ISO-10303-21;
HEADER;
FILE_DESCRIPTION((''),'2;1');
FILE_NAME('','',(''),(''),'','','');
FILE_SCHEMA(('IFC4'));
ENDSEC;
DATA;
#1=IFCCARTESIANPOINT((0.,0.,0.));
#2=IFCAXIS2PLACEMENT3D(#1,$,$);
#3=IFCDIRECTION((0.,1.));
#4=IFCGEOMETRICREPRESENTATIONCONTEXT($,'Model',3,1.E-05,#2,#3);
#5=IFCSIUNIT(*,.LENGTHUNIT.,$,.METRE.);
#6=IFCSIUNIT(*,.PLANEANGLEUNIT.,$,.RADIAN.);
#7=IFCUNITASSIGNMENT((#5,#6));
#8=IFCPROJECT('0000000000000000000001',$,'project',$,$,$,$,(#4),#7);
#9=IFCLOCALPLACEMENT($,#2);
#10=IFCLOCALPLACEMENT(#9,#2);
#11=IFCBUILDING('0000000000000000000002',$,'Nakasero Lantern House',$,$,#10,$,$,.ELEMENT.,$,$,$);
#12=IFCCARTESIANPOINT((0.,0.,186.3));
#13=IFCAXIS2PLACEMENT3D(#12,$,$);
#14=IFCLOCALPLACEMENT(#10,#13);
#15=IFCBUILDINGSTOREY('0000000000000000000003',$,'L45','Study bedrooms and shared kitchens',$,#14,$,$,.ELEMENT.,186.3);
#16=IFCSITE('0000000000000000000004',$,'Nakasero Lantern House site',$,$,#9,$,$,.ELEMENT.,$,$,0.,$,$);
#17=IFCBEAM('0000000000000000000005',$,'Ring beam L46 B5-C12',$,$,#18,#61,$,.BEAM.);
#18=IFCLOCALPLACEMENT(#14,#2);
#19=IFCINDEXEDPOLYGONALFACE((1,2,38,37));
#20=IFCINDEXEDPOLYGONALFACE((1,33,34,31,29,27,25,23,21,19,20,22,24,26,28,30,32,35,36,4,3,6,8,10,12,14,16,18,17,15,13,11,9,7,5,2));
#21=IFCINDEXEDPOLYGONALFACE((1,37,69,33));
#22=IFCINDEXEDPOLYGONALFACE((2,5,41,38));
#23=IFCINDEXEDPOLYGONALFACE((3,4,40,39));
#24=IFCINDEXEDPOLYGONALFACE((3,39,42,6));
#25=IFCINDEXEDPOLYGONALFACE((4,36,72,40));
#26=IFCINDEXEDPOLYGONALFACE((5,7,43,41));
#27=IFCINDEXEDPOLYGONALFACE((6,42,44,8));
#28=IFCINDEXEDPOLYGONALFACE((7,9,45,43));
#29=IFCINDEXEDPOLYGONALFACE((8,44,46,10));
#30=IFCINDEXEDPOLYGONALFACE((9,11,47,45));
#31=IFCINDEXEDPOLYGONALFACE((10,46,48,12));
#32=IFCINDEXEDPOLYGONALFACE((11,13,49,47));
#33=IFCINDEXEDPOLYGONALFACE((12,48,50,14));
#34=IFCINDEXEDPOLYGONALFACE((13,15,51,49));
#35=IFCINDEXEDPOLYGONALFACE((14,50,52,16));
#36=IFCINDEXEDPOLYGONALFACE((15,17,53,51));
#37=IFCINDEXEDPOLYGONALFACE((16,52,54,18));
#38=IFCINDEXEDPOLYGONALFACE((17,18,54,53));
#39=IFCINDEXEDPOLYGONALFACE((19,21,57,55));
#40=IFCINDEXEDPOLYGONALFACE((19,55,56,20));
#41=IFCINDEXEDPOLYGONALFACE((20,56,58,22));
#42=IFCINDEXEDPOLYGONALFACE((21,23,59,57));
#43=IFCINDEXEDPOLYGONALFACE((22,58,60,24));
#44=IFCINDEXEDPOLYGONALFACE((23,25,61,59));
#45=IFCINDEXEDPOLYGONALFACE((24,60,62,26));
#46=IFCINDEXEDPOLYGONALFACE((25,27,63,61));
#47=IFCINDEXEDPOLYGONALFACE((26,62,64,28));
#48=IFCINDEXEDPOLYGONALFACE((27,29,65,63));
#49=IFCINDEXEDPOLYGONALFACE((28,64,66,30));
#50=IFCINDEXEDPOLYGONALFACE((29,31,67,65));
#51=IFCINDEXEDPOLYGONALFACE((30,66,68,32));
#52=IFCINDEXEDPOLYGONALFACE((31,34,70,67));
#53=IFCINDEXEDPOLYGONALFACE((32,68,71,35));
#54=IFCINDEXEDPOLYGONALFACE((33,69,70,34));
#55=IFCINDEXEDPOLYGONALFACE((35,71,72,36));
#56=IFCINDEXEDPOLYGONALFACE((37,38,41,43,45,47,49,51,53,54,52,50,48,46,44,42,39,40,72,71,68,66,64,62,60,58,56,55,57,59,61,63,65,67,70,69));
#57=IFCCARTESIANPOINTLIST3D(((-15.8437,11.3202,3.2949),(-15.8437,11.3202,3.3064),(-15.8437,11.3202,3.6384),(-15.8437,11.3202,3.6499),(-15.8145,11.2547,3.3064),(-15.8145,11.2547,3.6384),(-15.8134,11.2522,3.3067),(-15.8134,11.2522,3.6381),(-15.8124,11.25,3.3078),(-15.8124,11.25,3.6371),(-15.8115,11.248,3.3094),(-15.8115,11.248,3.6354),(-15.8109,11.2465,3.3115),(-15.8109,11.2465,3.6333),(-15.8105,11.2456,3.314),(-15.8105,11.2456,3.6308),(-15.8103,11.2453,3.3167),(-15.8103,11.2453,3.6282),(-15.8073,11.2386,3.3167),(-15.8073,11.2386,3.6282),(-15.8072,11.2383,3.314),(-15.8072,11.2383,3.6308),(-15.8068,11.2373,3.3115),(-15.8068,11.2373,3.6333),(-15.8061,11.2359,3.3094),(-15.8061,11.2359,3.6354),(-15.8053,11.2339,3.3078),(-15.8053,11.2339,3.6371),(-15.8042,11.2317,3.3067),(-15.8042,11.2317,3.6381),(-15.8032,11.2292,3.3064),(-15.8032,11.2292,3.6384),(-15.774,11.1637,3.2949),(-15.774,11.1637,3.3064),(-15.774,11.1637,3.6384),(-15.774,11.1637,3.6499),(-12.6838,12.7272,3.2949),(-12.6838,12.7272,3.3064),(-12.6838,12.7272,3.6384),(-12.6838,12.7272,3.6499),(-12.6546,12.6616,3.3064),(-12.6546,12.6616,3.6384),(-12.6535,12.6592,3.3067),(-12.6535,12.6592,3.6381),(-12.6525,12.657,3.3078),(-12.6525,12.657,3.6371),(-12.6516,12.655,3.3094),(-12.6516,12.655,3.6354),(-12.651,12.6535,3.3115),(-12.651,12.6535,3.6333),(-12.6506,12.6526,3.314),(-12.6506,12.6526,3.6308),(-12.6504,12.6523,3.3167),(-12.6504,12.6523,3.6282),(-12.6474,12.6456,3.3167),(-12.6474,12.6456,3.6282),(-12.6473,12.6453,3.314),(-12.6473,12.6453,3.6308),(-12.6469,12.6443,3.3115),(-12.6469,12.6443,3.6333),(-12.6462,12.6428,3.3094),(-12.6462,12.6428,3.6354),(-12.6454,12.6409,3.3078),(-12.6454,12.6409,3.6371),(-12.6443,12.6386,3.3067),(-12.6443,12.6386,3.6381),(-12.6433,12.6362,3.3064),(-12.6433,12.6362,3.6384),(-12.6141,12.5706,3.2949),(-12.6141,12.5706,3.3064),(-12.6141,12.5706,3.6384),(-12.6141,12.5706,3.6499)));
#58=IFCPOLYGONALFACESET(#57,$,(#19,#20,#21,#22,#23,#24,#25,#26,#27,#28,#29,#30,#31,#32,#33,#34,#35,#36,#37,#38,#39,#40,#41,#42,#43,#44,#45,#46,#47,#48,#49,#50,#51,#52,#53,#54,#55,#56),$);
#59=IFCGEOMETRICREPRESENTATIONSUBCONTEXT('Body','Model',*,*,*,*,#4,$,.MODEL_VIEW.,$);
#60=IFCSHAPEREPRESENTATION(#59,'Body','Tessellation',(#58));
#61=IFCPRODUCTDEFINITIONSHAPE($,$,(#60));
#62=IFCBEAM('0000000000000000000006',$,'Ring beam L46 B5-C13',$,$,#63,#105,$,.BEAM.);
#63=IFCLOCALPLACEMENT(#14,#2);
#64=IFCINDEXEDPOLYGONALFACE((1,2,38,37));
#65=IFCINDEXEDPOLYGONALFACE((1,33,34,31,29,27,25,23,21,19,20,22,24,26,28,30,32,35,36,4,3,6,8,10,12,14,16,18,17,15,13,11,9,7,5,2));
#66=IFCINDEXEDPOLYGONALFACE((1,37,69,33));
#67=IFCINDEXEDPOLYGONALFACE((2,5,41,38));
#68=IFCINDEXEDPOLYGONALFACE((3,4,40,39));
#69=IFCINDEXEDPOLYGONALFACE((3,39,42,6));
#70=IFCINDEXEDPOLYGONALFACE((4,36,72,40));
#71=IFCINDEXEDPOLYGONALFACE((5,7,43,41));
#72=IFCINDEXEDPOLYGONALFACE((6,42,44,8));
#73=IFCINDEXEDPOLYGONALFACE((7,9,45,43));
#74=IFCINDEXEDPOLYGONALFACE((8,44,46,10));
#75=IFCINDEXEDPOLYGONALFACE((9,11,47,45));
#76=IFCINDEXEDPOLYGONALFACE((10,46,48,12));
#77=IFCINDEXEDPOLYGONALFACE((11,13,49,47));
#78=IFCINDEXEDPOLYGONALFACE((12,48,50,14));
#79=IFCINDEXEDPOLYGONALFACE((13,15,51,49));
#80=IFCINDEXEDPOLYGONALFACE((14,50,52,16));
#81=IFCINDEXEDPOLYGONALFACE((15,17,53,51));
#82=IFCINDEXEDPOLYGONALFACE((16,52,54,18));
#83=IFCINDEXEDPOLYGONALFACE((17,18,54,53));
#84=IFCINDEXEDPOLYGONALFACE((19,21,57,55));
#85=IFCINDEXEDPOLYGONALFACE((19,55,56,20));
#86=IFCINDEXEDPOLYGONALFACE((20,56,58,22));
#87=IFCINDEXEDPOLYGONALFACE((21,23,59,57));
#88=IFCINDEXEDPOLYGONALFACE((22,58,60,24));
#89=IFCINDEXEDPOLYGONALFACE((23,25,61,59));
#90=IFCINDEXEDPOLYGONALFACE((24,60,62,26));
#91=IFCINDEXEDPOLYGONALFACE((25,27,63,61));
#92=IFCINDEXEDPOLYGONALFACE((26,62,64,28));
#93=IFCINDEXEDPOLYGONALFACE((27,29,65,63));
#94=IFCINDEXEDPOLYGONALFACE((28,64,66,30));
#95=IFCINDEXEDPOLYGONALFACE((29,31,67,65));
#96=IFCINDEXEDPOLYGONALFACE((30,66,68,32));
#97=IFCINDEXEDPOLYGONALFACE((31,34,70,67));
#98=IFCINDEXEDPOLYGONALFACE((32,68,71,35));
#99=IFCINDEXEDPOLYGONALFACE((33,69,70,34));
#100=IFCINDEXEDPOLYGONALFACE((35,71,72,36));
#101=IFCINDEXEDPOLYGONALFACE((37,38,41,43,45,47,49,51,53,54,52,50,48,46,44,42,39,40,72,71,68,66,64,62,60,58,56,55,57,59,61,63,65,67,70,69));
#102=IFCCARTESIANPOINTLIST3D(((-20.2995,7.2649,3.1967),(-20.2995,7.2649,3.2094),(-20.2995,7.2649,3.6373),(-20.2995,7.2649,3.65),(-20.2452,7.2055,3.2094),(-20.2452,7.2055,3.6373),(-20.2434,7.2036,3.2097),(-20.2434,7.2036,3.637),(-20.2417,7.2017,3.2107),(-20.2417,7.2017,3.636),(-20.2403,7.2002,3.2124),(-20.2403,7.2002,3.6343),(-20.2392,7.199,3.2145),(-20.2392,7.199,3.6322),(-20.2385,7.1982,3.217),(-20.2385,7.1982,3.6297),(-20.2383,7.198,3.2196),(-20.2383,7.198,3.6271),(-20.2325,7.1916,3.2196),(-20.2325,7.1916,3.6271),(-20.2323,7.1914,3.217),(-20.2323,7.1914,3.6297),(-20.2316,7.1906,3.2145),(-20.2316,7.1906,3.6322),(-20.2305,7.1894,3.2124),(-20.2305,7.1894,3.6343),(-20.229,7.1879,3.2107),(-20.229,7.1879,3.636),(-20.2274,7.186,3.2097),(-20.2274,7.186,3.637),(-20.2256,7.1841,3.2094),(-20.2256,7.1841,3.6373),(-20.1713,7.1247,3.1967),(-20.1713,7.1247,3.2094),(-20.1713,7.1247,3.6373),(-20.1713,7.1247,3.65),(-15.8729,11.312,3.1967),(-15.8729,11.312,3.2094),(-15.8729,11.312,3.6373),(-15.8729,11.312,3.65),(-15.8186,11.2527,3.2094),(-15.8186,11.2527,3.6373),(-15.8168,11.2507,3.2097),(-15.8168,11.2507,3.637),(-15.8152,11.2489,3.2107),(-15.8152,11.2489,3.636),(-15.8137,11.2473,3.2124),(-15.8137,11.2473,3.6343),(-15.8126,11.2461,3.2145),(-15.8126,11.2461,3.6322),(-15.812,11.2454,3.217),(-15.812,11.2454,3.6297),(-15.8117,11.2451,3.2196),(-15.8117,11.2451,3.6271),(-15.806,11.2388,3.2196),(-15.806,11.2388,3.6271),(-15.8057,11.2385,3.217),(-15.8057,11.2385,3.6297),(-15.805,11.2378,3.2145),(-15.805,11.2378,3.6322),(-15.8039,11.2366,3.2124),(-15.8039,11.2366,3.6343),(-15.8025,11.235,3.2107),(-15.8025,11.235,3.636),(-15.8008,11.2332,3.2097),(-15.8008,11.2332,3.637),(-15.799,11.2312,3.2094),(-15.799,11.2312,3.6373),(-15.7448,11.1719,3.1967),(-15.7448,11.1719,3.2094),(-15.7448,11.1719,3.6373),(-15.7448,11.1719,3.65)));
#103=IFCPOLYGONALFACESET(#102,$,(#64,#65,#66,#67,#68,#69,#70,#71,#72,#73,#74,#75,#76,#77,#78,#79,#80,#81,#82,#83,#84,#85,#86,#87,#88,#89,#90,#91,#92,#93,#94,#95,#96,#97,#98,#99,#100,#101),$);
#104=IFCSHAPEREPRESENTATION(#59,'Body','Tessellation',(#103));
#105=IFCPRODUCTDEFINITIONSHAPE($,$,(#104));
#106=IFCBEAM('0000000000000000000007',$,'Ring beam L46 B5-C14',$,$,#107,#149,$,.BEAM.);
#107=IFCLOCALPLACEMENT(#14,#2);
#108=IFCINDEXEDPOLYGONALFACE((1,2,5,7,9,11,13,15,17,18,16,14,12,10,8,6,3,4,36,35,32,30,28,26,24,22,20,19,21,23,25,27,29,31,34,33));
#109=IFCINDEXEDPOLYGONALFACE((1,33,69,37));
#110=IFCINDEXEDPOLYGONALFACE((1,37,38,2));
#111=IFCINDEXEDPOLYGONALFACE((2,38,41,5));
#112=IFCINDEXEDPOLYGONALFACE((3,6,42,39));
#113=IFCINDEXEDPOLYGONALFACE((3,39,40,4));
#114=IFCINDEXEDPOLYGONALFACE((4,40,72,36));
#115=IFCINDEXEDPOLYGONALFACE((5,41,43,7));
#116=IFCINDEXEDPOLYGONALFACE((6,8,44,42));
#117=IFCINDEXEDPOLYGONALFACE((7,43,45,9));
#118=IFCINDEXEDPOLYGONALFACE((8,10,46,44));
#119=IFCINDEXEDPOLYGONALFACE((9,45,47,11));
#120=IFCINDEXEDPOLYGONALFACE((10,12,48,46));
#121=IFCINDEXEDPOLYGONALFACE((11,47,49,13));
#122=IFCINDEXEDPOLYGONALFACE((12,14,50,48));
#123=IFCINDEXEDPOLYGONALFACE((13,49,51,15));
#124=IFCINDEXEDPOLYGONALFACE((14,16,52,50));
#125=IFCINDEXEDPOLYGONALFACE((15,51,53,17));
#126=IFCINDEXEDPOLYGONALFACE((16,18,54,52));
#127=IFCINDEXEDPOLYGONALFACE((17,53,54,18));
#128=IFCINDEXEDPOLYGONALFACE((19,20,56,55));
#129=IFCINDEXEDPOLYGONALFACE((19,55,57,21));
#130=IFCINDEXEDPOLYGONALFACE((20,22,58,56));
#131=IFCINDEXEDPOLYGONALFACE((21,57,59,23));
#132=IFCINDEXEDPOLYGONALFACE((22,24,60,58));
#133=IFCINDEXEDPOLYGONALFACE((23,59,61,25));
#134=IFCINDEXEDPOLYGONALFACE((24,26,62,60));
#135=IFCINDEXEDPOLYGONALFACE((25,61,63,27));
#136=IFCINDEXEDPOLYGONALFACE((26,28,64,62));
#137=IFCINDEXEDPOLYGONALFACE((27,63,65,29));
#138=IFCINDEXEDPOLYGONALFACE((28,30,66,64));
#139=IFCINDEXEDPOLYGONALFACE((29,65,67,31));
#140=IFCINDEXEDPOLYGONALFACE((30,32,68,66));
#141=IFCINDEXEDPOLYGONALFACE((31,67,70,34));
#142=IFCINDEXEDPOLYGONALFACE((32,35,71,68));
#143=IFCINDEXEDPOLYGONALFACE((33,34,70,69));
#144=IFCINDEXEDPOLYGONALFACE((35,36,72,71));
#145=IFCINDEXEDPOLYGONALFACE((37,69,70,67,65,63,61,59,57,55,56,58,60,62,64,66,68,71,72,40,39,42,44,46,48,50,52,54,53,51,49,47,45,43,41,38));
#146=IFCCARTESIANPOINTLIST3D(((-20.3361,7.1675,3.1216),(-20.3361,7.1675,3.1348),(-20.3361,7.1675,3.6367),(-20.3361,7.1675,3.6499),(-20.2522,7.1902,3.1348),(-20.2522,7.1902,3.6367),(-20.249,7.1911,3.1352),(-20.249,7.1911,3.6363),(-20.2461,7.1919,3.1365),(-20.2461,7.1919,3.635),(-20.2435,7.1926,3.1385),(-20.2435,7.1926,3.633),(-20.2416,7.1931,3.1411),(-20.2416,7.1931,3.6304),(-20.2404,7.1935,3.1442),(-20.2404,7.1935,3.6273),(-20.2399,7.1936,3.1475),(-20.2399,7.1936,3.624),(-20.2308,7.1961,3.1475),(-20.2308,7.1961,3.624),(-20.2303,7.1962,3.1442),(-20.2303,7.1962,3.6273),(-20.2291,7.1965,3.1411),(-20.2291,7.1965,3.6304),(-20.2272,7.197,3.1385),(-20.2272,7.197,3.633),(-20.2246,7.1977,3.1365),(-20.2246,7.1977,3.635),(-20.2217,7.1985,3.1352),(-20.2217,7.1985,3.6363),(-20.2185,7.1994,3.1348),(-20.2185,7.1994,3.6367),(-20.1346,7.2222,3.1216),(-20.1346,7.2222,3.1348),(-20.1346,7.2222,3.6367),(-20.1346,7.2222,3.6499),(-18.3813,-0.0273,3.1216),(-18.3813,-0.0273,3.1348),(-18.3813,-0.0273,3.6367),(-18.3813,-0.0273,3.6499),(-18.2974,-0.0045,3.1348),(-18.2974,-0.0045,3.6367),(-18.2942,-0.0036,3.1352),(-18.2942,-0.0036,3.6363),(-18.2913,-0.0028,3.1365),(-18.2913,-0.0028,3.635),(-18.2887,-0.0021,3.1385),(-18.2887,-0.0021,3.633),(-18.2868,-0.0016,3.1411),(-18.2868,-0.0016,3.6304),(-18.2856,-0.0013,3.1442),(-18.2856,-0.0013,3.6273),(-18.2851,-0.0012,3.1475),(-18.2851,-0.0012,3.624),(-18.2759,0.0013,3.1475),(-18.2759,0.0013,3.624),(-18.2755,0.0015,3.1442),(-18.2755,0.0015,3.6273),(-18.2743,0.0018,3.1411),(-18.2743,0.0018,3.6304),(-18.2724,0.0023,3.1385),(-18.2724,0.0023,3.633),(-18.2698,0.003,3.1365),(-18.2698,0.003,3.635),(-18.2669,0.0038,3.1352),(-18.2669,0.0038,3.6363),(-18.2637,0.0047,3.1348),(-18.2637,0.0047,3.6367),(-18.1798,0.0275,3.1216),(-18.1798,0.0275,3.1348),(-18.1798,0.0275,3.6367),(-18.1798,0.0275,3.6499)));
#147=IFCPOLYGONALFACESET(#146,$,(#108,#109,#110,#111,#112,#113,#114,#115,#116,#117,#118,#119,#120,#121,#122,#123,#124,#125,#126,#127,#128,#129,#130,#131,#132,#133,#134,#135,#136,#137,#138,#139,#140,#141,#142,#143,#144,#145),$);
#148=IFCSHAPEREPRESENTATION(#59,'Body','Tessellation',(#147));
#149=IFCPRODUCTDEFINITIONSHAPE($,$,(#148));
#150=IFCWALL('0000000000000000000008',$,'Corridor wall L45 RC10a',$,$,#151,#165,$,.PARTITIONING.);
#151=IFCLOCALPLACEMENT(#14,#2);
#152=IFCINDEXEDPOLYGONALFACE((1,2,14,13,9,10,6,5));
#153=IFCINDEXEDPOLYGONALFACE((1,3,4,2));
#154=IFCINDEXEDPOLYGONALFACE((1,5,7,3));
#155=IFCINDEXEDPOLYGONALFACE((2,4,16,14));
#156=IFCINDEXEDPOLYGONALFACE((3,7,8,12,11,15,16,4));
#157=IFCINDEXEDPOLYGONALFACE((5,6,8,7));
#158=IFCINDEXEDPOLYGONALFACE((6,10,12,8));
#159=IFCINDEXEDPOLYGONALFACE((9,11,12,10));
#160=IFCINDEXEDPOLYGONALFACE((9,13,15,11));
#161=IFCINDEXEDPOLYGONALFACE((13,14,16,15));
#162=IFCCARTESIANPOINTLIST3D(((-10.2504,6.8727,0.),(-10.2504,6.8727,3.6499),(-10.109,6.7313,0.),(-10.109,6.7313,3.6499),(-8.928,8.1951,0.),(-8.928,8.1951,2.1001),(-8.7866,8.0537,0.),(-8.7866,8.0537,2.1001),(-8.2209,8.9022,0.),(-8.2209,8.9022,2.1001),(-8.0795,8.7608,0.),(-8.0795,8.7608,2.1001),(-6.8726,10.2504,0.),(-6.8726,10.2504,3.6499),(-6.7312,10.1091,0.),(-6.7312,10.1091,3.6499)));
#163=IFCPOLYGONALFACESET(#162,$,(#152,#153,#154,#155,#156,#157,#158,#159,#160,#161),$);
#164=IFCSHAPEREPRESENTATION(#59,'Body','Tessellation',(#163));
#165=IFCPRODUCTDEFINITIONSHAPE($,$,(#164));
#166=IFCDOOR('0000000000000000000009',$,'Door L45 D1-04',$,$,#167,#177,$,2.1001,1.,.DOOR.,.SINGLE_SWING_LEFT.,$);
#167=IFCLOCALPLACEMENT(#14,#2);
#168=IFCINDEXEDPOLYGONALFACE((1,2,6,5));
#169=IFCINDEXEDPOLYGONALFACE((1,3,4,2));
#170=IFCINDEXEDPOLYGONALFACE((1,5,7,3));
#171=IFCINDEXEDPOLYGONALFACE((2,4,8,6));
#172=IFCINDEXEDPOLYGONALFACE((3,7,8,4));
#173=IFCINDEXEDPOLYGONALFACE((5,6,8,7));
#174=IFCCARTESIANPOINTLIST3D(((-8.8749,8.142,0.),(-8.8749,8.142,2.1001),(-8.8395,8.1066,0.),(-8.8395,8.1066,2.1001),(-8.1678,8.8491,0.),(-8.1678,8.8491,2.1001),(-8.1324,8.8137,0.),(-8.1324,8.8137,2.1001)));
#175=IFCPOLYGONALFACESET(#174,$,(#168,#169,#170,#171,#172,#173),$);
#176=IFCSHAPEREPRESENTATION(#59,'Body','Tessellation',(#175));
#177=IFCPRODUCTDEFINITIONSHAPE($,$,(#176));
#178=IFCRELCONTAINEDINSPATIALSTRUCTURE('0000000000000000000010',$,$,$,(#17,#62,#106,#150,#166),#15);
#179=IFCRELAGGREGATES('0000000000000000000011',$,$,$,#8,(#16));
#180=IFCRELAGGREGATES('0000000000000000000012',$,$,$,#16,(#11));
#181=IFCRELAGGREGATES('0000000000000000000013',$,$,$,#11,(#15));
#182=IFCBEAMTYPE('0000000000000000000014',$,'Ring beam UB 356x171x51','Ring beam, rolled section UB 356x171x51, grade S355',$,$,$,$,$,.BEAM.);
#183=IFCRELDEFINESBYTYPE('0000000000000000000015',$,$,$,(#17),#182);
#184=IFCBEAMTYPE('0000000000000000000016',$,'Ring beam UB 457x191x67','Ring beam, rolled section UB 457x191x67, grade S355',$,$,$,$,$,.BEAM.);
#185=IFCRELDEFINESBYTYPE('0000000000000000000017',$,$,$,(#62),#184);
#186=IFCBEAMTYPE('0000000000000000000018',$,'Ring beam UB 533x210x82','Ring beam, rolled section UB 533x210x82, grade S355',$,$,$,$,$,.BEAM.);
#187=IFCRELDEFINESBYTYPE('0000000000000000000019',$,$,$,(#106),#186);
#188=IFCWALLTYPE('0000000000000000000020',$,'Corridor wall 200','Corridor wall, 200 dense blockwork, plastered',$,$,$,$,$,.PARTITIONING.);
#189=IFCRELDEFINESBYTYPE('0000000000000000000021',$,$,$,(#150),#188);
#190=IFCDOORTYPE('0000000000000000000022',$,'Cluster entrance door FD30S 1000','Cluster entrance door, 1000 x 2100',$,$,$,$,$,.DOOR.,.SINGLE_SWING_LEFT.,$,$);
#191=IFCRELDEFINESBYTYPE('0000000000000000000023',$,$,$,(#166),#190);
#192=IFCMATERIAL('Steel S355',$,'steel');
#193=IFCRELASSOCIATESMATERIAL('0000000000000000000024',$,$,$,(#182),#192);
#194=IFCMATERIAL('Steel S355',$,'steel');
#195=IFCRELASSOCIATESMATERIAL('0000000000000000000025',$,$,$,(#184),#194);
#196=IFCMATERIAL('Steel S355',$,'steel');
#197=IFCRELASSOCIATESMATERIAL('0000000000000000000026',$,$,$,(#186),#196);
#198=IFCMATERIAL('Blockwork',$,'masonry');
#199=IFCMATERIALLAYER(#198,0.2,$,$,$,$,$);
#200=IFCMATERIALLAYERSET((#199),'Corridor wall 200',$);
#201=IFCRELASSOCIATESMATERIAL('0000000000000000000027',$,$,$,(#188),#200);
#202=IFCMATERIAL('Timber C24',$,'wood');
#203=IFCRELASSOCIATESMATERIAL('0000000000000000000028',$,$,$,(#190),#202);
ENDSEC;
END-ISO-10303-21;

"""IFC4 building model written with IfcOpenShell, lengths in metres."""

from ifc_helpers import new_model, si_unit, direction, frame, frame_2d, origin, origin_2d, place, context, subcontext, project, spatial, rectangle, i_section, extrude, material, layer, layer_set, material_profile, profile_set, type_object, element, fill, save


model = new_model("IFC4")

# Units and contexts
model_context = context("Model", 3, precision=1e-05, world=origin(), true_north=direction((0.0, 1.0)))
body_context = subcontext(model_context, "Body", "Model", "MODEL_VIEW")
ifc_project = project(units=[si_unit("LENGTHUNIT", "METRE"), si_unit("PLANEANGLEUNIT", "RADIAN")], contexts=[model_context])

# Site, building, storey
site_placement = place(None, origin())
site = spatial("IfcSite", under=ifc_project, at=site_placement, Name="Nakasero Lantern House site", CompositionType="ELEMENT", RefElevation=0.0)
building_placement = place(site_placement, origin())
building = spatial("IfcBuilding", under=site, at=building_placement, Name="Nakasero Lantern House", CompositionType="ELEMENT")
storey_placement = place(building_placement, frame((0.0, 0.0, 186.3)))
storey = spatial("IfcBuildingStorey", under=building, at=storey_placement, Name="L45", Description="Study bedrooms and shared kitchens", CompositionType="ELEMENT", Elevation=186.3)

# Beams
ifc_material_1 = material(Name="Steel S355", Category="steel")
ifc_material_profile_1 = material_profile(ifc_material_1, i_section(OverallWidth=0.1714, OverallDepth=0.355, WebThickness=0.0073, FlangeThickness=0.0115, FilletRadius=0.0103, at=origin_2d()), Name="UB 356x171x51")
ifc_profile_set_1 = profile_set([ifc_material_profile_1], Name="Steel S355")
beam_type_1 = type_object("IfcBeamType", Name="Ring beam UB 356x171x51", Description="Ring beam, rolled section UB 356x171x51, grade S355", PredefinedType="BEAM", material=ifc_profile_set_1)
beam_1_placement = place(storey_placement, frame((-12.6489, 12.6489, 3.4724), z_axis=(-0.913535, -0.406761, 0.0), x_axis=(0.406761, -0.913535, 0.0)))
element("IfcBeam", 1, at=beam_1_placement, inside=storey, type_object=beam_type_1, Name="Ring beam L46 B5-C12", PredefinedType="BEAM", context=body_context, shape_type="SweptSolid", body=[
    extrude(i_section(OverallWidth=0.1714, OverallDepth=0.355, WebThickness=0.0073, FlangeThickness=0.0115, FilletRadius=0.0103, at=origin_2d()), origin(), (0.0, 0.0, 1.0), 3.459),
])
ifc_material_2 = material(Name="Steel S355", Category="steel")
ifc_material_profile_2 = material_profile(ifc_material_2, i_section(OverallWidth=0.1899, OverallDepth=0.4534, WebThickness=0.0085, FlangeThickness=0.0127, FilletRadius=0.0103, at=origin_2d()), Name="UB 457x191x67")
ifc_profile_set_2 = profile_set([ifc_material_profile_2], Name="Steel S355")
beam_type_2 = type_object("IfcBeamType", Name="Ring beam UB 457x191x67", Description="Ring beam, rolled section UB 457x191x67, grade S355", PredefinedType="BEAM", material=ifc_profile_set_2)
beam_2_placement = place(storey_placement, frame((-15.8088, 11.2419, 3.4233), z_axis=(-0.738027, -0.674771, 0.0), x_axis=(0.674771, -0.738027, 0.0)))
element("IfcBeam", 2, at=beam_2_placement, inside=storey, type_object=beam_type_2, Name="Ring beam L46 B5-C13", PredefinedType="BEAM", context=body_context, shape_type="SweptSolid", body=[
    extrude(i_section(OverallWidth=0.1899, OverallDepth=0.4534, WebThickness=0.0085, FlangeThickness=0.0127, FilletRadius=0.0103, at=origin_2d()), origin(), (0.0, 0.0, 1.0), 5.9978),
])
ifc_material_3 = material(Name="Steel S355", Category="steel")
ifc_material_profile_3 = material_profile(ifc_material_3, i_section(OverallWidth=0.2087, OverallDepth=0.5283, WebThickness=0.0095, FlangeThickness=0.0132, FilletRadius=0.0127, at=origin_2d()), Name="UB 533x210x82")
ifc_profile_set_3 = profile_set([ifc_material_profile_3], Name="Steel S355")
beam_type_3 = type_object("IfcBeamType", Name="Ring beam UB 533x210x82", Description="Ring beam, rolled section UB 533x210x82, grade S355", PredefinedType="BEAM", material=ifc_profile_set_3)
beam_3_placement = place(storey_placement, frame((-20.2354, 7.1948, 3.3857), z_axis=(0.262195, -0.965015, 0.0), x_axis=(0.965015, 0.262195, 0.0)))
element("IfcBeam", 3, at=beam_3_placement, inside=storey, type_object=beam_type_3, Name="Ring beam L46 B5-C14", PredefinedType="BEAM", context=body_context, shape_type="SweptSolid", body=[
    extrude(i_section(OverallWidth=0.2087, OverallDepth=0.5283, WebThickness=0.0095, FlangeThickness=0.0132, FilletRadius=0.0127, at=origin_2d()), origin(), (0.0, 0.0, 1.0), 7.4556),
])

# Wall, opening, door
ifc_material_4 = material(Name="Blockwork", Category="masonry")
ifc_layer_1 = layer(ifc_material_4, 0.2)
ifc_layer_set_1 = layer_set([ifc_layer_1], Name="Corridor wall 200")
wall_type_1 = type_object("IfcWallType", Name="Corridor wall 200", Description="Corridor wall, 200 dense blockwork, plastered", PredefinedType="PARTITIONING", material=ifc_layer_set_1)
wall_1_placement = place(storey_placement, frame((-10.1797, 6.802, 0.0), z_axis=(0.0, 0.0, 1.0), x_axis=(0.707107, 0.707107, 0.0)))
wall_1 = element("IfcWall", 4, at=wall_1_placement, inside=storey, type_object=wall_type_1, Name="Corridor wall L45 RC10a", PredefinedType="PARTITIONING", context=body_context, shape_type="SweptSolid", body=[
    extrude(rectangle(XDim=4.7769, YDim=0.2, at=frame_2d((2.3884, 0.0))), origin(), (0.0, 0.0, 1.0), 3.6499),
])
opening_1_placement = place(wall_1_placement, frame((1.8701, 0.0, 0.0)))
opening_1 = element("IfcOpeningElement", 5, at=opening_1_placement, cuts=wall_1, PredefinedType="OPENING", context=body_context, shape_type="SweptSolid", body=[
    extrude(rectangle(XDim=1.0, YDim=2.1001, at=frame_2d((0.5, 1.05))), frame((0.0, 0.1199, 0.0), z_axis=(0.0, -1.0, 0.0), x_axis=(1.0, 0.0, 0.0)), (0.0, 0.0, 1.0), 0.24),
])
ifc_material_5 = material(Name="Timber C24", Category="wood")
door_type_1 = type_object("IfcDoorType", Name="Cluster entrance door FD30S 1000", Description="Cluster entrance door, 1000 x 2100", OperationType="SINGLE_SWING_LEFT", PredefinedType="DOOR", material=ifc_material_5)
door_1_placement = place(opening_1_placement, origin())
door_1 = element("IfcDoor", 6, at=door_1_placement, inside=storey, type_object=door_type_1, Name="Door L45 D1-04", OperationType="SINGLE_SWING_LEFT", OverallHeight=2.1001, OverallWidth=1.0, PredefinedType="DOOR", context=body_context, shape_type="SweptSolid", body=[
    extrude(rectangle(XDim=1.0, YDim=2.1001, at=frame_2d((0.5, 1.05))), frame((0.0, 0.0249, 0.0), z_axis=(0.0, -1.0, 0.0), x_axis=(1.0, 0.0, 0.0)), (0.0, 0.0, 1.0), 0.05),
])
fill(opening_1, door_1)

save(model, "model.ifc")
